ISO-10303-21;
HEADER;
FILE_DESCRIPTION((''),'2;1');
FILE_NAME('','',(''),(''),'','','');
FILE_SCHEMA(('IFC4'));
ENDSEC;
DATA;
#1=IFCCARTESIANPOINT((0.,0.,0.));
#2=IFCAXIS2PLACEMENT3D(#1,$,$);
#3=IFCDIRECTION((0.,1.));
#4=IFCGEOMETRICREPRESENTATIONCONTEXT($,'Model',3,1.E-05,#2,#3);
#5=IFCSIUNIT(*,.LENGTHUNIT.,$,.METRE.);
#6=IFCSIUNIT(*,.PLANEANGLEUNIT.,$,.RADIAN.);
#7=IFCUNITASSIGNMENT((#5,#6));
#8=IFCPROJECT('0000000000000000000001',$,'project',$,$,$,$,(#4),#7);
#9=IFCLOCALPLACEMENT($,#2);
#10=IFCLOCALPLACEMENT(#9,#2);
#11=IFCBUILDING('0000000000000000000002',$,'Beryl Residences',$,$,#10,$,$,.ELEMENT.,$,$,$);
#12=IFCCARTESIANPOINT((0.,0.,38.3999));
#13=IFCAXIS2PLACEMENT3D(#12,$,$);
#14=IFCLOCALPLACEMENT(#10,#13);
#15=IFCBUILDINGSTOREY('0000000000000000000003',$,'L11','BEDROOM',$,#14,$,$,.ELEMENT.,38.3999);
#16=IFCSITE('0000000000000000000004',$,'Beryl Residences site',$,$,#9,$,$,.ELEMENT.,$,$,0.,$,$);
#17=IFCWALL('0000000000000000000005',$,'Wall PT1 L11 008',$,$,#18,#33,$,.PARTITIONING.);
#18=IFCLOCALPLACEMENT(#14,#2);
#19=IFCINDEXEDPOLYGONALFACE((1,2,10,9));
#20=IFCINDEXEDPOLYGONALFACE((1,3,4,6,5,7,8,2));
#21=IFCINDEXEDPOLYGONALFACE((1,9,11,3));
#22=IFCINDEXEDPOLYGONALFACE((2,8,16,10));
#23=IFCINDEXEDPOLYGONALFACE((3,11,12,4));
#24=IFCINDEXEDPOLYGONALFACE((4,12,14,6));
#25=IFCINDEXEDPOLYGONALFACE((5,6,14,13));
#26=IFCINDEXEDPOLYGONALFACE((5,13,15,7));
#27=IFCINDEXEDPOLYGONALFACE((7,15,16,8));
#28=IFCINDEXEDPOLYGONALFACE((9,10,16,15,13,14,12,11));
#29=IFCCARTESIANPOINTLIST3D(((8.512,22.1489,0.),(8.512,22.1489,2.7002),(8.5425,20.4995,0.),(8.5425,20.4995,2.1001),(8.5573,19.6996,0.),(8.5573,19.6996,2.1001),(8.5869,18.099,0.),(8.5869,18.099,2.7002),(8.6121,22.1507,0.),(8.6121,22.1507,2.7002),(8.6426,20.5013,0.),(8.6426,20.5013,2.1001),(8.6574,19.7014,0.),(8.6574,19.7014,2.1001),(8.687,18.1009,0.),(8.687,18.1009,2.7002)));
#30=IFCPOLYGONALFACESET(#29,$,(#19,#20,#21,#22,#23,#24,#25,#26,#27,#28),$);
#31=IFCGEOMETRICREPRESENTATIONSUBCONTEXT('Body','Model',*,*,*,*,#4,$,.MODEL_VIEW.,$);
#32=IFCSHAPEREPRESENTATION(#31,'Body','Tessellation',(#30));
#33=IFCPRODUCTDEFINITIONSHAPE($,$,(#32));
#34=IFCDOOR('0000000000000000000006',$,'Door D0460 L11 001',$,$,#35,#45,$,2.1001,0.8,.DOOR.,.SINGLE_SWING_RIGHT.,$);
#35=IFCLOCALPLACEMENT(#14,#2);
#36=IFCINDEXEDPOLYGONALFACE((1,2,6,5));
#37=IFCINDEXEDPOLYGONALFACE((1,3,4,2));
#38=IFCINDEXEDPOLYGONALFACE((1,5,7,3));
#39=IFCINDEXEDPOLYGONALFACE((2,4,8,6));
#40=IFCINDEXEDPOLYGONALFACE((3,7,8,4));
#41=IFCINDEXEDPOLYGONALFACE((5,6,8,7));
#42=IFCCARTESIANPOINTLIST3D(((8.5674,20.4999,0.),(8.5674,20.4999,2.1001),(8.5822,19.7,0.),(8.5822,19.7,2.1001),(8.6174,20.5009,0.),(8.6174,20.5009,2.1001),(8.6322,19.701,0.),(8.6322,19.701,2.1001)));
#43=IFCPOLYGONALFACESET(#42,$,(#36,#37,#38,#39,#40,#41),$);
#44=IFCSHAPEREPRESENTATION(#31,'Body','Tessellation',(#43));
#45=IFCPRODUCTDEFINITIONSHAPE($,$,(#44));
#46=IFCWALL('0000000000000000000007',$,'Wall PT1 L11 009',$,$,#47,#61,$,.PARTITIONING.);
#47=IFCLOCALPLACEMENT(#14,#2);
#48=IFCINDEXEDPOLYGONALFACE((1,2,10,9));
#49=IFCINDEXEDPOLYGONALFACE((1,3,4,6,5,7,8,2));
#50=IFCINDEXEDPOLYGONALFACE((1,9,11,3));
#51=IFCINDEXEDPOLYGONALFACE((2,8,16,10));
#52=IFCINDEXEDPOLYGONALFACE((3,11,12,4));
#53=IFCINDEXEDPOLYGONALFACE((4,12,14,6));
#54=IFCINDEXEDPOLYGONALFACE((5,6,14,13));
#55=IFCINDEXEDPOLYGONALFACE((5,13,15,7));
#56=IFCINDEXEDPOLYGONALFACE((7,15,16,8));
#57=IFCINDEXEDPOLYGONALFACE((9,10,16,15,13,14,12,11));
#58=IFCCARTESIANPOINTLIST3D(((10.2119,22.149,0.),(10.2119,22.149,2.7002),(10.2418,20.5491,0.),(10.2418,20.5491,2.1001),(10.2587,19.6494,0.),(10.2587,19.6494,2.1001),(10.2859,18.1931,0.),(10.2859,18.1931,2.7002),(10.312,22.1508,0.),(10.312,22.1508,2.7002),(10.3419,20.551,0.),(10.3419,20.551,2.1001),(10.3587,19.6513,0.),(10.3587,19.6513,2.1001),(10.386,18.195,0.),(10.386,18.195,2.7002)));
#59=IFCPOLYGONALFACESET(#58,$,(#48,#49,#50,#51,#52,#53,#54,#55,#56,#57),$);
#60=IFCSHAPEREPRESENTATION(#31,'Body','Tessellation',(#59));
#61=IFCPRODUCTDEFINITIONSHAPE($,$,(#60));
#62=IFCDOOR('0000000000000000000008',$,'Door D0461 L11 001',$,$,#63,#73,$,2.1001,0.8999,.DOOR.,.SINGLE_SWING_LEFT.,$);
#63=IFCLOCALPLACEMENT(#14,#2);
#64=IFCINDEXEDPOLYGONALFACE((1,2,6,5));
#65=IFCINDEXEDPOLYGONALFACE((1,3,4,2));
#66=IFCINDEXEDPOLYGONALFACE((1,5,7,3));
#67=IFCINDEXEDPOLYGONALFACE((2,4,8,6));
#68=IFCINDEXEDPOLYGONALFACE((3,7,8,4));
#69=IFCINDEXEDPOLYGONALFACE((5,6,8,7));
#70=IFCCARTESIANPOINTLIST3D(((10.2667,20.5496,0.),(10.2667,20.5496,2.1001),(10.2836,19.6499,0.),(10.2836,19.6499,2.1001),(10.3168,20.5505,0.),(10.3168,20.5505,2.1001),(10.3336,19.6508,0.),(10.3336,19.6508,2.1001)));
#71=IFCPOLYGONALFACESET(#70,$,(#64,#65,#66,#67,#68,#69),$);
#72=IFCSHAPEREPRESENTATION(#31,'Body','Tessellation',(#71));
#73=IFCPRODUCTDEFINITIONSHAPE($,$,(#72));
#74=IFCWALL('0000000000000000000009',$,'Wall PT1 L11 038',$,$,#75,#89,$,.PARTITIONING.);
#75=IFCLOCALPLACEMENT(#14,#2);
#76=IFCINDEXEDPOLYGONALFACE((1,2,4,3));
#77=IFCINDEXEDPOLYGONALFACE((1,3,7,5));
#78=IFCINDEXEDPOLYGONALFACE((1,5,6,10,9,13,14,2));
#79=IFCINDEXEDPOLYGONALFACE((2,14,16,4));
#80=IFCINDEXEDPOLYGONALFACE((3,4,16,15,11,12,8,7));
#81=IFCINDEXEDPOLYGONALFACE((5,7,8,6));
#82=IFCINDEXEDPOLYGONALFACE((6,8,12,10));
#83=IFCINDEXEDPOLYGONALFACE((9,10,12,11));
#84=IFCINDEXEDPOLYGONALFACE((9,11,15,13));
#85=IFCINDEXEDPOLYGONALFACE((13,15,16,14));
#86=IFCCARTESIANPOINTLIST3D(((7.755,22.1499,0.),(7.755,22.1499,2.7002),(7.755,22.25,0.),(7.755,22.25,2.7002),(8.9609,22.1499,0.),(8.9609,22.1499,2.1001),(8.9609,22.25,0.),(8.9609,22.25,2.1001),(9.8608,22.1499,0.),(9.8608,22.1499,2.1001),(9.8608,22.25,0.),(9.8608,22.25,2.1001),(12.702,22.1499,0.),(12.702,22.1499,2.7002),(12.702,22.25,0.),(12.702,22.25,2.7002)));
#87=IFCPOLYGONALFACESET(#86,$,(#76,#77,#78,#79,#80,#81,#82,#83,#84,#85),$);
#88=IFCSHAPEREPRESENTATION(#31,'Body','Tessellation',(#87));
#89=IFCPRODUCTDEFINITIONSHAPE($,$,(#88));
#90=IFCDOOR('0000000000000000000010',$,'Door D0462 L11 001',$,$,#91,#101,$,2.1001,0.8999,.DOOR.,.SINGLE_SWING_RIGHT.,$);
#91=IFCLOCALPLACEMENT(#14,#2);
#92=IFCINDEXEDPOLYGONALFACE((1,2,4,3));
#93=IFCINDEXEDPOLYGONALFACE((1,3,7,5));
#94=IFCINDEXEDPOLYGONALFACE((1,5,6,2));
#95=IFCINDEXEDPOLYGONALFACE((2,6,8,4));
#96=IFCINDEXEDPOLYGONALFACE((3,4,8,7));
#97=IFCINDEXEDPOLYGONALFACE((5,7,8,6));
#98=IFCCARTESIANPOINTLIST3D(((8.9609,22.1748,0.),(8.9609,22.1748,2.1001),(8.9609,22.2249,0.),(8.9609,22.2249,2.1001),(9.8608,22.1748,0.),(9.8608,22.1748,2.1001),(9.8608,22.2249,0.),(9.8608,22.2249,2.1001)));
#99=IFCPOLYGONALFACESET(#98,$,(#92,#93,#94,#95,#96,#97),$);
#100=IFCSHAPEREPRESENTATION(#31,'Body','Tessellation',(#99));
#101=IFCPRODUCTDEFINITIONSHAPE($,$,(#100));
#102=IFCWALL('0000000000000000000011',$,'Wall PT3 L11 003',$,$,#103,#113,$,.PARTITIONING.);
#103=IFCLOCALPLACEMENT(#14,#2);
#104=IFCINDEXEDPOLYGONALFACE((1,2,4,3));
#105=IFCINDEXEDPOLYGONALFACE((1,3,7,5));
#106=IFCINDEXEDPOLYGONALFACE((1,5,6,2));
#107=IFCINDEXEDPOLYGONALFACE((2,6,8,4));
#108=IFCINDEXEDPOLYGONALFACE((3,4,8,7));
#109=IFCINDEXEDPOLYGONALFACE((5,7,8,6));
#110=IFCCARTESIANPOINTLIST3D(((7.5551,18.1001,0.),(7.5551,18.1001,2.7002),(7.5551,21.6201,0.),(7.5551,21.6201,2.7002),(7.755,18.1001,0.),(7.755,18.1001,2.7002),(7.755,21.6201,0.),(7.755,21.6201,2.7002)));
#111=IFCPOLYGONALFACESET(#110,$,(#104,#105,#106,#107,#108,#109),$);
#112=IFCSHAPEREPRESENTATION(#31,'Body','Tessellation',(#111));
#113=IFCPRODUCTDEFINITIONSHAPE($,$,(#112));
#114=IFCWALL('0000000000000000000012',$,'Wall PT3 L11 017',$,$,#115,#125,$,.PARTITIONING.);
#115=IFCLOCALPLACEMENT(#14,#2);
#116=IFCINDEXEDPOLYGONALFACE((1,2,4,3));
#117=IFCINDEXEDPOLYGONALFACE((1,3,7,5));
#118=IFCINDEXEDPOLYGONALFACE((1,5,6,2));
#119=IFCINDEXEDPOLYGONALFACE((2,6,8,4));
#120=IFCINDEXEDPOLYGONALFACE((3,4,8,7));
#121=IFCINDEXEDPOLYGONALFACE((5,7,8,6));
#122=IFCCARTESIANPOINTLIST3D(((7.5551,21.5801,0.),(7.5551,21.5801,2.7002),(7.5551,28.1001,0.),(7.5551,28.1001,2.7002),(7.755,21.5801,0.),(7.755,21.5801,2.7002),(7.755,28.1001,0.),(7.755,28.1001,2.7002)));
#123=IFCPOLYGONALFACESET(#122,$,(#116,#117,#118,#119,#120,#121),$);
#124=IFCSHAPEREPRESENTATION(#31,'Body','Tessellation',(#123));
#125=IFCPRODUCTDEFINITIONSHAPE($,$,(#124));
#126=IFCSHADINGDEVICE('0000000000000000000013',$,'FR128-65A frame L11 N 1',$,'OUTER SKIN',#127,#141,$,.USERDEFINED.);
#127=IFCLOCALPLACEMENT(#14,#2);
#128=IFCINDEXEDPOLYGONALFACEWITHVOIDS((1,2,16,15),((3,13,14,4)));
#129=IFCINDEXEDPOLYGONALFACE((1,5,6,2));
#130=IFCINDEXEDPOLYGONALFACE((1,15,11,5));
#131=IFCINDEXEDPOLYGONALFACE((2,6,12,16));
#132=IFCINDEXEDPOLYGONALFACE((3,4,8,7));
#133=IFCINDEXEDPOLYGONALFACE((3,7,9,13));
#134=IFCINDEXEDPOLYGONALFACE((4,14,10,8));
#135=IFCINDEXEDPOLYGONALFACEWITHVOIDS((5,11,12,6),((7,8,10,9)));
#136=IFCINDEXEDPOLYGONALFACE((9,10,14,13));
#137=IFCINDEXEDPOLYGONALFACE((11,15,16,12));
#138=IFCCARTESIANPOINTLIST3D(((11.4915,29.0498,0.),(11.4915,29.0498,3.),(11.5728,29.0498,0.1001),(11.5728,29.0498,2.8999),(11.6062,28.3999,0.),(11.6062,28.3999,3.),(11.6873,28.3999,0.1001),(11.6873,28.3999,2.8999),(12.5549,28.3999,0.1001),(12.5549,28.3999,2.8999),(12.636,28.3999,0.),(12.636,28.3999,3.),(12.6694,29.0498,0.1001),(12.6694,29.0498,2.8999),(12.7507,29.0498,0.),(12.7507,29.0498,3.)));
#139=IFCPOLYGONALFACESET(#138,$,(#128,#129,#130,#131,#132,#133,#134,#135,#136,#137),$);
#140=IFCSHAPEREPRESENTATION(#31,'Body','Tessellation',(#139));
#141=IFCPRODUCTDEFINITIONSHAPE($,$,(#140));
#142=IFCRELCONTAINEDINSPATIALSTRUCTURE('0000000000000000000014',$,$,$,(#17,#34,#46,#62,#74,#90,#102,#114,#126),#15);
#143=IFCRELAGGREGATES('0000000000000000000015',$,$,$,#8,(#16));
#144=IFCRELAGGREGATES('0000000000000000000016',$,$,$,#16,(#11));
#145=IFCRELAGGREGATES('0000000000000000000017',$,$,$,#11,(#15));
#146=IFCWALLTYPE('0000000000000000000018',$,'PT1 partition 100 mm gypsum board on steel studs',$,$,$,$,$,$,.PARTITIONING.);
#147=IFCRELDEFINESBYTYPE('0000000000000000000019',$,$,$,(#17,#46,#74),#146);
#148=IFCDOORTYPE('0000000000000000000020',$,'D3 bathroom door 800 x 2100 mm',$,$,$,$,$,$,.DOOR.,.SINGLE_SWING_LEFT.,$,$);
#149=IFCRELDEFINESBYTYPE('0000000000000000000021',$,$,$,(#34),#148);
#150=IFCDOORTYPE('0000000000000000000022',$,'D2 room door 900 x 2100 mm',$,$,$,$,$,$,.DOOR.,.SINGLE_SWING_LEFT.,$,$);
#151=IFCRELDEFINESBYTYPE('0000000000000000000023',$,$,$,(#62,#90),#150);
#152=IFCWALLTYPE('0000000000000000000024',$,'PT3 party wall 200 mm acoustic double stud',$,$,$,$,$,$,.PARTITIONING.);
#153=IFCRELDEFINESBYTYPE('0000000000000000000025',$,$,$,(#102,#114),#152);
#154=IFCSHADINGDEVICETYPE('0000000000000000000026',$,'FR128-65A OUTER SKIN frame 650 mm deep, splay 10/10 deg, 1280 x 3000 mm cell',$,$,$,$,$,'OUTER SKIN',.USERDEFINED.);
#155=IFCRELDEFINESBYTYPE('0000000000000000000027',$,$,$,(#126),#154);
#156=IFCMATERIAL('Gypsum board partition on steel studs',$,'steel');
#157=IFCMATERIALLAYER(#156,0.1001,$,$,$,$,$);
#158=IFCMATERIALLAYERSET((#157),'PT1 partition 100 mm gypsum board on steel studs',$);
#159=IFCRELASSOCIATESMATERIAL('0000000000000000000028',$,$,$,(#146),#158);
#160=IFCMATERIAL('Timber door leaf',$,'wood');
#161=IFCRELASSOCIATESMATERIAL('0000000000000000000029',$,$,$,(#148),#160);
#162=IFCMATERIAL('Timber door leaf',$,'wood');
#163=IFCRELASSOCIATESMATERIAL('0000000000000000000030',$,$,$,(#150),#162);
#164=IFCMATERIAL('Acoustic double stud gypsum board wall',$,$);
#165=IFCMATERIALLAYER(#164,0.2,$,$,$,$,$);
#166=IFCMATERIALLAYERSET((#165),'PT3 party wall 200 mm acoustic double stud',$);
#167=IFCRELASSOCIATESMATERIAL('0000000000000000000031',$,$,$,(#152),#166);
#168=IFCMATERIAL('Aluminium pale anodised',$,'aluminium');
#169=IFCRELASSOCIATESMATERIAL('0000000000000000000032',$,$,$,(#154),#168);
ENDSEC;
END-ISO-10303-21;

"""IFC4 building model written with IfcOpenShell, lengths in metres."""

from ifc_helpers import new_model, entity, si_unit, direction, frame, frame_2d, origin, place, context, subcontext, project, spatial, rectangle, extrude, source, transform, mapped, material, layer, layer_set, type_object, type_shapes, element, fill, save


model = new_model("IFC4")

# Units and contexts
model_context = context("Model", 3, precision=1e-05, world=origin(), true_north=direction((0.0, 1.0)))
body_context = subcontext(model_context, "Body", "Model", "MODEL_VIEW")
ifc_project = project(units=[si_unit("LENGTHUNIT", "METRE"), si_unit("PLANEANGLEUNIT", "RADIAN")], contexts=[model_context])

# Site, building, storey
site_placement = place(None, origin())
site = spatial("IfcSite", under=ifc_project, at=site_placement, Name="Beryl Residences site", CompositionType="ELEMENT", RefElevation=0.0)
building_placement = place(site_placement, origin())
building = spatial("IfcBuilding", under=site, at=building_placement, Name="Beryl Residences", CompositionType="ELEMENT")
storey_placement = place(building_placement, frame((0.0, 0.0, 38.3999)))
storey = spatial("IfcBuildingStorey", under=building, at=storey_placement, Name="L11", Description="BEDROOM", CompositionType="ELEMENT", Elevation=38.3999)

# Walls, openings, doors
ifc_material_1 = material(Name="Gypsum board partition on steel studs", Category="steel")
ifc_layer_1 = layer(ifc_material_1, 0.1001)
ifc_layer_set_1 = layer_set([ifc_layer_1], Name="PT1 partition 100 mm gypsum board on steel studs")
wall_type_1 = type_object("IfcWallType", Name="PT1 partition 100 mm gypsum board on steel studs", PredefinedType="PARTITIONING", material=ifc_layer_set_1)
wall_1_placement = place(storey_placement, frame((8.562, 22.1499, 0.0), z_axis=(0.0, 0.0, 1.0), x_axis=(0.018504, -0.999829, 0.0)))
wall_1 = element("IfcWall", 1, at=wall_1_placement, inside=storey, type_object=wall_type_1, Name="Wall PT1 L11 008", PredefinedType="PARTITIONING", context=body_context, shape_type="SweptSolid", body=[
    extrude(rectangle(XDim=4.0505, YDim=0.1001, at=frame_2d((2.0254, 0.0))), origin(), (0.0, 0.0, 1.0), 2.7002),
])
opening_1_placement = place(wall_1_placement, frame((1.6499, 0.0, 0.0)))
opening_1 = element("IfcOpeningElement", 2, at=opening_1_placement, cuts=wall_1, PredefinedType="OPENING", context=body_context, shape_type="SweptSolid", body=[
    extrude(rectangle(XDim=0.8, YDim=2.1001, at=frame_2d((0.3999, 1.05))), frame((0.0, 0.0601, 0.0), z_axis=(0.0, -1.0, 0.0), x_axis=(1.0, 0.0, 0.0)), (0.0, 0.0, 1.0), 0.1201),
])
ifc_material_2 = material(Name="Timber door leaf", Category="wood")
door_type_1 = type_object("IfcDoorType", Name="D3 bathroom door 800 x 2100 mm", OperationType="SINGLE_SWING_LEFT", PredefinedType="DOOR", material=ifc_material_2)
door_1_placement = place(opening_1_placement, origin())
door_1 = element("IfcDoor", 3, at=door_1_placement, inside=storey, type_object=door_type_1, Name="Door D0460 L11 001", OperationType="SINGLE_SWING_RIGHT", OverallHeight=2.1001, OverallWidth=0.8, PredefinedType="DOOR", context=body_context, shape_type="SweptSolid", body=[
    extrude(rectangle(XDim=0.8, YDim=2.1001, at=frame_2d((0.3999, 1.05))), frame((0.0, 0.0249, 0.0), z_axis=(0.0, -1.0, 0.0), x_axis=(1.0, 0.0, 0.0)), (0.0, 0.0, 1.0), 0.05),
])
fill(opening_1, door_1)
wall_2_placement = place(storey_placement, frame((10.262, 22.1499, 0.0), z_axis=(0.0, 0.0, 1.0), x_axis=(0.018697, -0.999825, 0.0)))
wall_2 = element("IfcWall", 4, at=wall_2_placement, inside=storey, type_object=wall_type_1, Name="Wall PT1 L11 009", PredefinedType="PARTITIONING", context=body_context, shape_type="SweptSolid", body=[
    extrude(rectangle(XDim=3.9565, YDim=0.1001, at=frame_2d((1.9783, 0.0))), origin(), (0.0, 0.0, 1.0), 2.7002),
])
opening_2_placement = place(wall_2_placement, frame((1.6001, 0.0, 0.0)))
opening_2 = element("IfcOpeningElement", 5, at=opening_2_placement, cuts=wall_2, PredefinedType="OPENING", context=body_context, shape_type="SweptSolid", body=[
    extrude(rectangle(XDim=0.8999, YDim=2.1001, at=frame_2d((0.45, 1.05))), frame((0.0, 0.0601, 0.0), z_axis=(0.0, -1.0, 0.0), x_axis=(1.0, 0.0, 0.0)), (0.0, 0.0, 1.0), 0.1201),
])
ifc_material_3 = material(Name="Timber door leaf", Category="wood")
door_type_2 = type_object("IfcDoorType", Name="D2 room door 900 x 2100 mm", OperationType="SINGLE_SWING_LEFT", PredefinedType="DOOR", material=ifc_material_3)
door_2_placement = place(opening_2_placement, origin())
door_2 = element("IfcDoor", 6, at=door_2_placement, inside=storey, type_object=door_type_2, Name="Door D0461 L11 001", OperationType="SINGLE_SWING_LEFT", OverallHeight=2.1001, OverallWidth=0.8999, PredefinedType="DOOR", context=body_context, shape_type="SweptSolid", body=[
    extrude(rectangle(XDim=0.8999, YDim=2.1001, at=frame_2d((0.45, 1.05))), frame((0.0, 0.0249, 0.0), z_axis=(0.0, -1.0, 0.0), x_axis=(1.0, 0.0, 0.0)), (0.0, 0.0, 1.0), 0.05),
])
fill(opening_2, door_2)
wall_3_placement = place(storey_placement, frame((7.7549, 22.2, 0.0), z_axis=(0.0, 0.0, 1.0), x_axis=(1.0, 0.0, 0.0)))
wall_3 = element("IfcWall", 7, at=wall_3_placement, inside=storey, type_object=wall_type_1, Name="Wall PT1 L11 038", PredefinedType="PARTITIONING", context=body_context, shape_type="SweptSolid", body=[
    extrude(rectangle(XDim=4.947, YDim=0.1001, at=frame_2d((2.4736, 0.0))), origin(), (0.0, 0.0, 1.0), 2.7002),
])
opening_3_placement = place(wall_3_placement, frame((1.2061, 0.0, 0.0)))
opening_3 = element("IfcOpeningElement", 8, at=opening_3_placement, cuts=wall_3, PredefinedType="OPENING", context=body_context, shape_type="SweptSolid", body=[
    extrude(rectangle(XDim=0.8999, YDim=2.1001, at=frame_2d((0.45, 1.05))), frame((0.0, 0.0601, 0.0), z_axis=(0.0, -1.0, 0.0), x_axis=(1.0, 0.0, 0.0)), (0.0, 0.0, 1.0), 0.1201),
])
door_3_placement = place(opening_3_placement, origin())
door_3 = element("IfcDoor", 9, at=door_3_placement, inside=storey, type_object=door_type_2, Name="Door D0462 L11 001", OperationType="SINGLE_SWING_RIGHT", OverallHeight=2.1001, OverallWidth=0.8999, PredefinedType="DOOR", context=body_context, shape_type="SweptSolid", body=[
    extrude(rectangle(XDim=0.8999, YDim=2.1001, at=frame_2d((0.45, 1.05))), frame((0.0, 0.0249, 0.0), z_axis=(0.0, -1.0, 0.0), x_axis=(1.0, 0.0, 0.0)), (0.0, 0.0, 1.0), 0.05),
])
fill(opening_3, door_3)

# Walls
ifc_material_4 = material(Name="Acoustic double stud gypsum board wall")
ifc_layer_2 = layer(ifc_material_4, 0.2)
ifc_layer_set_2 = layer_set([ifc_layer_2], Name="PT3 party wall 200 mm acoustic double stud")
wall_type_2 = type_object("IfcWallType", Name="PT3 party wall 200 mm acoustic double stud", PredefinedType="PARTITIONING", material=ifc_layer_set_2)
wall_4_placement = place(storey_placement, frame((7.655, 21.6201, 0.0), z_axis=(0.0, 0.0, 1.0), x_axis=(0.0, -1.0, 0.0)))
element("IfcWall", 10, at=wall_4_placement, inside=storey, type_object=wall_type_2, Name="Wall PT3 L11 003", PredefinedType="PARTITIONING", context=body_context, shape_type="SweptSolid", body=[
    extrude(rectangle(XDim=3.52, YDim=0.2, at=frame_2d((1.76, 0.0))), origin(), (0.0, 0.0, 1.0), 2.7002),
])
wall_5_placement = place(storey_placement, frame((7.655, 21.5801, 0.0), z_axis=(0.0, 0.0, 1.0), x_axis=(0.0, 1.0, 0.0)))
element("IfcWall", 11, at=wall_5_placement, inside=storey, type_object=wall_type_2, Name="Wall PT3 L11 017", PredefinedType="PARTITIONING", context=body_context, shape_type="SweptSolid", body=[
    extrude(rectangle(XDim=6.52, YDim=0.2, at=frame_2d((3.26, 0.0))), origin(), (0.0, 0.0, 1.0), 2.7002),
])

# Shading device
ifc_material_5 = material(Name="Aluminium pale anodised", Category="aluminium")
shading_device_type_1 = type_object("IfcShadingDeviceType", Name="FR128-65A OUTER SKIN frame 650 mm deep, splay 10/10 deg, 1280 x 3000 mm cell", ElementType="OUTER SKIN", PredefinedType="USERDEFINED", material=ifc_material_5)
cartesian_point_1 = entity("IfcCartesianPoint", [-0.5149, 0.0])
cartesian_point_2 = entity("IfcCartesianPoint", [-0.4338, 0.1001])
cartesian_point_3 = entity("IfcCartesianPoint", [-0.6296, 0.0])
cartesian_point_4 = entity("IfcCartesianPoint", [-0.5483, 0.1001])
shared_shape_1 = source(origin(), body_context, "Body", "SweptSolid", [
    entity("IfcExtrudedAreaSolidTapered", entity("IfcArbitraryProfileDefWithVoids", "AREA", None, entity("IfcPolyline", [cartesian_point_1, entity("IfcCartesianPoint", [0.5149, 0.0]), entity("IfcCartesianPoint", [0.5149, 3.0]), entity("IfcCartesianPoint", [-0.5149, 3.0]), cartesian_point_1]), [entity("IfcPolyline", [cartesian_point_2, entity("IfcCartesianPoint", [0.4338, 0.1001]), entity("IfcCartesianPoint", [0.4338, 2.8999]), entity("IfcCartesianPoint", [-0.4338, 2.8999]), cartesian_point_2])]), entity("IfcAxis2Placement3D", entity("IfcCartesianPoint", [0.0, 0.0, 0.0]), entity("IfcDirection", [0.0, 1.0, 0.0]), entity("IfcDirection", [-1.0, 0.0, 0.0])), entity("IfcDirection", [0.0, 0.0, 1.0]), 0.6499, entity("IfcArbitraryProfileDefWithVoids", "AREA", None, entity("IfcPolyline", [cartesian_point_3, entity("IfcCartesianPoint", [0.6296, 0.0]), entity("IfcCartesianPoint", [0.6296, 3.0]), entity("IfcCartesianPoint", [-0.6296, 3.0]), cartesian_point_3]), [entity("IfcPolyline", [cartesian_point_4, entity("IfcCartesianPoint", [0.5483, 0.1001]), entity("IfcCartesianPoint", [0.5483, 2.8999]), entity("IfcCartesianPoint", [-0.5483, 2.8999]), cartesian_point_4])])),
])
type_shapes(shading_device_type_1, [shared_shape_1])
shading_device_placement = place(storey_placement, frame((12.1211, 28.3999, 0.0), z_axis=(0.0, 0.0, 1.0), x_axis=(1.0, 0.0, 0.0)))
element("IfcShadingDevice", 12, at=shading_device_placement, inside=storey, type_object=shading_device_type_1, Name="FR128-65A frame L11 N 1", ObjectType="OUTER SKIN", PredefinedType="USERDEFINED", context=body_context, shape_type="MappedRepresentation", body=[
    mapped(shared_shape_1, transform((0.0, 0.0, 0.0))),
])

save(model, "model.ifc")
